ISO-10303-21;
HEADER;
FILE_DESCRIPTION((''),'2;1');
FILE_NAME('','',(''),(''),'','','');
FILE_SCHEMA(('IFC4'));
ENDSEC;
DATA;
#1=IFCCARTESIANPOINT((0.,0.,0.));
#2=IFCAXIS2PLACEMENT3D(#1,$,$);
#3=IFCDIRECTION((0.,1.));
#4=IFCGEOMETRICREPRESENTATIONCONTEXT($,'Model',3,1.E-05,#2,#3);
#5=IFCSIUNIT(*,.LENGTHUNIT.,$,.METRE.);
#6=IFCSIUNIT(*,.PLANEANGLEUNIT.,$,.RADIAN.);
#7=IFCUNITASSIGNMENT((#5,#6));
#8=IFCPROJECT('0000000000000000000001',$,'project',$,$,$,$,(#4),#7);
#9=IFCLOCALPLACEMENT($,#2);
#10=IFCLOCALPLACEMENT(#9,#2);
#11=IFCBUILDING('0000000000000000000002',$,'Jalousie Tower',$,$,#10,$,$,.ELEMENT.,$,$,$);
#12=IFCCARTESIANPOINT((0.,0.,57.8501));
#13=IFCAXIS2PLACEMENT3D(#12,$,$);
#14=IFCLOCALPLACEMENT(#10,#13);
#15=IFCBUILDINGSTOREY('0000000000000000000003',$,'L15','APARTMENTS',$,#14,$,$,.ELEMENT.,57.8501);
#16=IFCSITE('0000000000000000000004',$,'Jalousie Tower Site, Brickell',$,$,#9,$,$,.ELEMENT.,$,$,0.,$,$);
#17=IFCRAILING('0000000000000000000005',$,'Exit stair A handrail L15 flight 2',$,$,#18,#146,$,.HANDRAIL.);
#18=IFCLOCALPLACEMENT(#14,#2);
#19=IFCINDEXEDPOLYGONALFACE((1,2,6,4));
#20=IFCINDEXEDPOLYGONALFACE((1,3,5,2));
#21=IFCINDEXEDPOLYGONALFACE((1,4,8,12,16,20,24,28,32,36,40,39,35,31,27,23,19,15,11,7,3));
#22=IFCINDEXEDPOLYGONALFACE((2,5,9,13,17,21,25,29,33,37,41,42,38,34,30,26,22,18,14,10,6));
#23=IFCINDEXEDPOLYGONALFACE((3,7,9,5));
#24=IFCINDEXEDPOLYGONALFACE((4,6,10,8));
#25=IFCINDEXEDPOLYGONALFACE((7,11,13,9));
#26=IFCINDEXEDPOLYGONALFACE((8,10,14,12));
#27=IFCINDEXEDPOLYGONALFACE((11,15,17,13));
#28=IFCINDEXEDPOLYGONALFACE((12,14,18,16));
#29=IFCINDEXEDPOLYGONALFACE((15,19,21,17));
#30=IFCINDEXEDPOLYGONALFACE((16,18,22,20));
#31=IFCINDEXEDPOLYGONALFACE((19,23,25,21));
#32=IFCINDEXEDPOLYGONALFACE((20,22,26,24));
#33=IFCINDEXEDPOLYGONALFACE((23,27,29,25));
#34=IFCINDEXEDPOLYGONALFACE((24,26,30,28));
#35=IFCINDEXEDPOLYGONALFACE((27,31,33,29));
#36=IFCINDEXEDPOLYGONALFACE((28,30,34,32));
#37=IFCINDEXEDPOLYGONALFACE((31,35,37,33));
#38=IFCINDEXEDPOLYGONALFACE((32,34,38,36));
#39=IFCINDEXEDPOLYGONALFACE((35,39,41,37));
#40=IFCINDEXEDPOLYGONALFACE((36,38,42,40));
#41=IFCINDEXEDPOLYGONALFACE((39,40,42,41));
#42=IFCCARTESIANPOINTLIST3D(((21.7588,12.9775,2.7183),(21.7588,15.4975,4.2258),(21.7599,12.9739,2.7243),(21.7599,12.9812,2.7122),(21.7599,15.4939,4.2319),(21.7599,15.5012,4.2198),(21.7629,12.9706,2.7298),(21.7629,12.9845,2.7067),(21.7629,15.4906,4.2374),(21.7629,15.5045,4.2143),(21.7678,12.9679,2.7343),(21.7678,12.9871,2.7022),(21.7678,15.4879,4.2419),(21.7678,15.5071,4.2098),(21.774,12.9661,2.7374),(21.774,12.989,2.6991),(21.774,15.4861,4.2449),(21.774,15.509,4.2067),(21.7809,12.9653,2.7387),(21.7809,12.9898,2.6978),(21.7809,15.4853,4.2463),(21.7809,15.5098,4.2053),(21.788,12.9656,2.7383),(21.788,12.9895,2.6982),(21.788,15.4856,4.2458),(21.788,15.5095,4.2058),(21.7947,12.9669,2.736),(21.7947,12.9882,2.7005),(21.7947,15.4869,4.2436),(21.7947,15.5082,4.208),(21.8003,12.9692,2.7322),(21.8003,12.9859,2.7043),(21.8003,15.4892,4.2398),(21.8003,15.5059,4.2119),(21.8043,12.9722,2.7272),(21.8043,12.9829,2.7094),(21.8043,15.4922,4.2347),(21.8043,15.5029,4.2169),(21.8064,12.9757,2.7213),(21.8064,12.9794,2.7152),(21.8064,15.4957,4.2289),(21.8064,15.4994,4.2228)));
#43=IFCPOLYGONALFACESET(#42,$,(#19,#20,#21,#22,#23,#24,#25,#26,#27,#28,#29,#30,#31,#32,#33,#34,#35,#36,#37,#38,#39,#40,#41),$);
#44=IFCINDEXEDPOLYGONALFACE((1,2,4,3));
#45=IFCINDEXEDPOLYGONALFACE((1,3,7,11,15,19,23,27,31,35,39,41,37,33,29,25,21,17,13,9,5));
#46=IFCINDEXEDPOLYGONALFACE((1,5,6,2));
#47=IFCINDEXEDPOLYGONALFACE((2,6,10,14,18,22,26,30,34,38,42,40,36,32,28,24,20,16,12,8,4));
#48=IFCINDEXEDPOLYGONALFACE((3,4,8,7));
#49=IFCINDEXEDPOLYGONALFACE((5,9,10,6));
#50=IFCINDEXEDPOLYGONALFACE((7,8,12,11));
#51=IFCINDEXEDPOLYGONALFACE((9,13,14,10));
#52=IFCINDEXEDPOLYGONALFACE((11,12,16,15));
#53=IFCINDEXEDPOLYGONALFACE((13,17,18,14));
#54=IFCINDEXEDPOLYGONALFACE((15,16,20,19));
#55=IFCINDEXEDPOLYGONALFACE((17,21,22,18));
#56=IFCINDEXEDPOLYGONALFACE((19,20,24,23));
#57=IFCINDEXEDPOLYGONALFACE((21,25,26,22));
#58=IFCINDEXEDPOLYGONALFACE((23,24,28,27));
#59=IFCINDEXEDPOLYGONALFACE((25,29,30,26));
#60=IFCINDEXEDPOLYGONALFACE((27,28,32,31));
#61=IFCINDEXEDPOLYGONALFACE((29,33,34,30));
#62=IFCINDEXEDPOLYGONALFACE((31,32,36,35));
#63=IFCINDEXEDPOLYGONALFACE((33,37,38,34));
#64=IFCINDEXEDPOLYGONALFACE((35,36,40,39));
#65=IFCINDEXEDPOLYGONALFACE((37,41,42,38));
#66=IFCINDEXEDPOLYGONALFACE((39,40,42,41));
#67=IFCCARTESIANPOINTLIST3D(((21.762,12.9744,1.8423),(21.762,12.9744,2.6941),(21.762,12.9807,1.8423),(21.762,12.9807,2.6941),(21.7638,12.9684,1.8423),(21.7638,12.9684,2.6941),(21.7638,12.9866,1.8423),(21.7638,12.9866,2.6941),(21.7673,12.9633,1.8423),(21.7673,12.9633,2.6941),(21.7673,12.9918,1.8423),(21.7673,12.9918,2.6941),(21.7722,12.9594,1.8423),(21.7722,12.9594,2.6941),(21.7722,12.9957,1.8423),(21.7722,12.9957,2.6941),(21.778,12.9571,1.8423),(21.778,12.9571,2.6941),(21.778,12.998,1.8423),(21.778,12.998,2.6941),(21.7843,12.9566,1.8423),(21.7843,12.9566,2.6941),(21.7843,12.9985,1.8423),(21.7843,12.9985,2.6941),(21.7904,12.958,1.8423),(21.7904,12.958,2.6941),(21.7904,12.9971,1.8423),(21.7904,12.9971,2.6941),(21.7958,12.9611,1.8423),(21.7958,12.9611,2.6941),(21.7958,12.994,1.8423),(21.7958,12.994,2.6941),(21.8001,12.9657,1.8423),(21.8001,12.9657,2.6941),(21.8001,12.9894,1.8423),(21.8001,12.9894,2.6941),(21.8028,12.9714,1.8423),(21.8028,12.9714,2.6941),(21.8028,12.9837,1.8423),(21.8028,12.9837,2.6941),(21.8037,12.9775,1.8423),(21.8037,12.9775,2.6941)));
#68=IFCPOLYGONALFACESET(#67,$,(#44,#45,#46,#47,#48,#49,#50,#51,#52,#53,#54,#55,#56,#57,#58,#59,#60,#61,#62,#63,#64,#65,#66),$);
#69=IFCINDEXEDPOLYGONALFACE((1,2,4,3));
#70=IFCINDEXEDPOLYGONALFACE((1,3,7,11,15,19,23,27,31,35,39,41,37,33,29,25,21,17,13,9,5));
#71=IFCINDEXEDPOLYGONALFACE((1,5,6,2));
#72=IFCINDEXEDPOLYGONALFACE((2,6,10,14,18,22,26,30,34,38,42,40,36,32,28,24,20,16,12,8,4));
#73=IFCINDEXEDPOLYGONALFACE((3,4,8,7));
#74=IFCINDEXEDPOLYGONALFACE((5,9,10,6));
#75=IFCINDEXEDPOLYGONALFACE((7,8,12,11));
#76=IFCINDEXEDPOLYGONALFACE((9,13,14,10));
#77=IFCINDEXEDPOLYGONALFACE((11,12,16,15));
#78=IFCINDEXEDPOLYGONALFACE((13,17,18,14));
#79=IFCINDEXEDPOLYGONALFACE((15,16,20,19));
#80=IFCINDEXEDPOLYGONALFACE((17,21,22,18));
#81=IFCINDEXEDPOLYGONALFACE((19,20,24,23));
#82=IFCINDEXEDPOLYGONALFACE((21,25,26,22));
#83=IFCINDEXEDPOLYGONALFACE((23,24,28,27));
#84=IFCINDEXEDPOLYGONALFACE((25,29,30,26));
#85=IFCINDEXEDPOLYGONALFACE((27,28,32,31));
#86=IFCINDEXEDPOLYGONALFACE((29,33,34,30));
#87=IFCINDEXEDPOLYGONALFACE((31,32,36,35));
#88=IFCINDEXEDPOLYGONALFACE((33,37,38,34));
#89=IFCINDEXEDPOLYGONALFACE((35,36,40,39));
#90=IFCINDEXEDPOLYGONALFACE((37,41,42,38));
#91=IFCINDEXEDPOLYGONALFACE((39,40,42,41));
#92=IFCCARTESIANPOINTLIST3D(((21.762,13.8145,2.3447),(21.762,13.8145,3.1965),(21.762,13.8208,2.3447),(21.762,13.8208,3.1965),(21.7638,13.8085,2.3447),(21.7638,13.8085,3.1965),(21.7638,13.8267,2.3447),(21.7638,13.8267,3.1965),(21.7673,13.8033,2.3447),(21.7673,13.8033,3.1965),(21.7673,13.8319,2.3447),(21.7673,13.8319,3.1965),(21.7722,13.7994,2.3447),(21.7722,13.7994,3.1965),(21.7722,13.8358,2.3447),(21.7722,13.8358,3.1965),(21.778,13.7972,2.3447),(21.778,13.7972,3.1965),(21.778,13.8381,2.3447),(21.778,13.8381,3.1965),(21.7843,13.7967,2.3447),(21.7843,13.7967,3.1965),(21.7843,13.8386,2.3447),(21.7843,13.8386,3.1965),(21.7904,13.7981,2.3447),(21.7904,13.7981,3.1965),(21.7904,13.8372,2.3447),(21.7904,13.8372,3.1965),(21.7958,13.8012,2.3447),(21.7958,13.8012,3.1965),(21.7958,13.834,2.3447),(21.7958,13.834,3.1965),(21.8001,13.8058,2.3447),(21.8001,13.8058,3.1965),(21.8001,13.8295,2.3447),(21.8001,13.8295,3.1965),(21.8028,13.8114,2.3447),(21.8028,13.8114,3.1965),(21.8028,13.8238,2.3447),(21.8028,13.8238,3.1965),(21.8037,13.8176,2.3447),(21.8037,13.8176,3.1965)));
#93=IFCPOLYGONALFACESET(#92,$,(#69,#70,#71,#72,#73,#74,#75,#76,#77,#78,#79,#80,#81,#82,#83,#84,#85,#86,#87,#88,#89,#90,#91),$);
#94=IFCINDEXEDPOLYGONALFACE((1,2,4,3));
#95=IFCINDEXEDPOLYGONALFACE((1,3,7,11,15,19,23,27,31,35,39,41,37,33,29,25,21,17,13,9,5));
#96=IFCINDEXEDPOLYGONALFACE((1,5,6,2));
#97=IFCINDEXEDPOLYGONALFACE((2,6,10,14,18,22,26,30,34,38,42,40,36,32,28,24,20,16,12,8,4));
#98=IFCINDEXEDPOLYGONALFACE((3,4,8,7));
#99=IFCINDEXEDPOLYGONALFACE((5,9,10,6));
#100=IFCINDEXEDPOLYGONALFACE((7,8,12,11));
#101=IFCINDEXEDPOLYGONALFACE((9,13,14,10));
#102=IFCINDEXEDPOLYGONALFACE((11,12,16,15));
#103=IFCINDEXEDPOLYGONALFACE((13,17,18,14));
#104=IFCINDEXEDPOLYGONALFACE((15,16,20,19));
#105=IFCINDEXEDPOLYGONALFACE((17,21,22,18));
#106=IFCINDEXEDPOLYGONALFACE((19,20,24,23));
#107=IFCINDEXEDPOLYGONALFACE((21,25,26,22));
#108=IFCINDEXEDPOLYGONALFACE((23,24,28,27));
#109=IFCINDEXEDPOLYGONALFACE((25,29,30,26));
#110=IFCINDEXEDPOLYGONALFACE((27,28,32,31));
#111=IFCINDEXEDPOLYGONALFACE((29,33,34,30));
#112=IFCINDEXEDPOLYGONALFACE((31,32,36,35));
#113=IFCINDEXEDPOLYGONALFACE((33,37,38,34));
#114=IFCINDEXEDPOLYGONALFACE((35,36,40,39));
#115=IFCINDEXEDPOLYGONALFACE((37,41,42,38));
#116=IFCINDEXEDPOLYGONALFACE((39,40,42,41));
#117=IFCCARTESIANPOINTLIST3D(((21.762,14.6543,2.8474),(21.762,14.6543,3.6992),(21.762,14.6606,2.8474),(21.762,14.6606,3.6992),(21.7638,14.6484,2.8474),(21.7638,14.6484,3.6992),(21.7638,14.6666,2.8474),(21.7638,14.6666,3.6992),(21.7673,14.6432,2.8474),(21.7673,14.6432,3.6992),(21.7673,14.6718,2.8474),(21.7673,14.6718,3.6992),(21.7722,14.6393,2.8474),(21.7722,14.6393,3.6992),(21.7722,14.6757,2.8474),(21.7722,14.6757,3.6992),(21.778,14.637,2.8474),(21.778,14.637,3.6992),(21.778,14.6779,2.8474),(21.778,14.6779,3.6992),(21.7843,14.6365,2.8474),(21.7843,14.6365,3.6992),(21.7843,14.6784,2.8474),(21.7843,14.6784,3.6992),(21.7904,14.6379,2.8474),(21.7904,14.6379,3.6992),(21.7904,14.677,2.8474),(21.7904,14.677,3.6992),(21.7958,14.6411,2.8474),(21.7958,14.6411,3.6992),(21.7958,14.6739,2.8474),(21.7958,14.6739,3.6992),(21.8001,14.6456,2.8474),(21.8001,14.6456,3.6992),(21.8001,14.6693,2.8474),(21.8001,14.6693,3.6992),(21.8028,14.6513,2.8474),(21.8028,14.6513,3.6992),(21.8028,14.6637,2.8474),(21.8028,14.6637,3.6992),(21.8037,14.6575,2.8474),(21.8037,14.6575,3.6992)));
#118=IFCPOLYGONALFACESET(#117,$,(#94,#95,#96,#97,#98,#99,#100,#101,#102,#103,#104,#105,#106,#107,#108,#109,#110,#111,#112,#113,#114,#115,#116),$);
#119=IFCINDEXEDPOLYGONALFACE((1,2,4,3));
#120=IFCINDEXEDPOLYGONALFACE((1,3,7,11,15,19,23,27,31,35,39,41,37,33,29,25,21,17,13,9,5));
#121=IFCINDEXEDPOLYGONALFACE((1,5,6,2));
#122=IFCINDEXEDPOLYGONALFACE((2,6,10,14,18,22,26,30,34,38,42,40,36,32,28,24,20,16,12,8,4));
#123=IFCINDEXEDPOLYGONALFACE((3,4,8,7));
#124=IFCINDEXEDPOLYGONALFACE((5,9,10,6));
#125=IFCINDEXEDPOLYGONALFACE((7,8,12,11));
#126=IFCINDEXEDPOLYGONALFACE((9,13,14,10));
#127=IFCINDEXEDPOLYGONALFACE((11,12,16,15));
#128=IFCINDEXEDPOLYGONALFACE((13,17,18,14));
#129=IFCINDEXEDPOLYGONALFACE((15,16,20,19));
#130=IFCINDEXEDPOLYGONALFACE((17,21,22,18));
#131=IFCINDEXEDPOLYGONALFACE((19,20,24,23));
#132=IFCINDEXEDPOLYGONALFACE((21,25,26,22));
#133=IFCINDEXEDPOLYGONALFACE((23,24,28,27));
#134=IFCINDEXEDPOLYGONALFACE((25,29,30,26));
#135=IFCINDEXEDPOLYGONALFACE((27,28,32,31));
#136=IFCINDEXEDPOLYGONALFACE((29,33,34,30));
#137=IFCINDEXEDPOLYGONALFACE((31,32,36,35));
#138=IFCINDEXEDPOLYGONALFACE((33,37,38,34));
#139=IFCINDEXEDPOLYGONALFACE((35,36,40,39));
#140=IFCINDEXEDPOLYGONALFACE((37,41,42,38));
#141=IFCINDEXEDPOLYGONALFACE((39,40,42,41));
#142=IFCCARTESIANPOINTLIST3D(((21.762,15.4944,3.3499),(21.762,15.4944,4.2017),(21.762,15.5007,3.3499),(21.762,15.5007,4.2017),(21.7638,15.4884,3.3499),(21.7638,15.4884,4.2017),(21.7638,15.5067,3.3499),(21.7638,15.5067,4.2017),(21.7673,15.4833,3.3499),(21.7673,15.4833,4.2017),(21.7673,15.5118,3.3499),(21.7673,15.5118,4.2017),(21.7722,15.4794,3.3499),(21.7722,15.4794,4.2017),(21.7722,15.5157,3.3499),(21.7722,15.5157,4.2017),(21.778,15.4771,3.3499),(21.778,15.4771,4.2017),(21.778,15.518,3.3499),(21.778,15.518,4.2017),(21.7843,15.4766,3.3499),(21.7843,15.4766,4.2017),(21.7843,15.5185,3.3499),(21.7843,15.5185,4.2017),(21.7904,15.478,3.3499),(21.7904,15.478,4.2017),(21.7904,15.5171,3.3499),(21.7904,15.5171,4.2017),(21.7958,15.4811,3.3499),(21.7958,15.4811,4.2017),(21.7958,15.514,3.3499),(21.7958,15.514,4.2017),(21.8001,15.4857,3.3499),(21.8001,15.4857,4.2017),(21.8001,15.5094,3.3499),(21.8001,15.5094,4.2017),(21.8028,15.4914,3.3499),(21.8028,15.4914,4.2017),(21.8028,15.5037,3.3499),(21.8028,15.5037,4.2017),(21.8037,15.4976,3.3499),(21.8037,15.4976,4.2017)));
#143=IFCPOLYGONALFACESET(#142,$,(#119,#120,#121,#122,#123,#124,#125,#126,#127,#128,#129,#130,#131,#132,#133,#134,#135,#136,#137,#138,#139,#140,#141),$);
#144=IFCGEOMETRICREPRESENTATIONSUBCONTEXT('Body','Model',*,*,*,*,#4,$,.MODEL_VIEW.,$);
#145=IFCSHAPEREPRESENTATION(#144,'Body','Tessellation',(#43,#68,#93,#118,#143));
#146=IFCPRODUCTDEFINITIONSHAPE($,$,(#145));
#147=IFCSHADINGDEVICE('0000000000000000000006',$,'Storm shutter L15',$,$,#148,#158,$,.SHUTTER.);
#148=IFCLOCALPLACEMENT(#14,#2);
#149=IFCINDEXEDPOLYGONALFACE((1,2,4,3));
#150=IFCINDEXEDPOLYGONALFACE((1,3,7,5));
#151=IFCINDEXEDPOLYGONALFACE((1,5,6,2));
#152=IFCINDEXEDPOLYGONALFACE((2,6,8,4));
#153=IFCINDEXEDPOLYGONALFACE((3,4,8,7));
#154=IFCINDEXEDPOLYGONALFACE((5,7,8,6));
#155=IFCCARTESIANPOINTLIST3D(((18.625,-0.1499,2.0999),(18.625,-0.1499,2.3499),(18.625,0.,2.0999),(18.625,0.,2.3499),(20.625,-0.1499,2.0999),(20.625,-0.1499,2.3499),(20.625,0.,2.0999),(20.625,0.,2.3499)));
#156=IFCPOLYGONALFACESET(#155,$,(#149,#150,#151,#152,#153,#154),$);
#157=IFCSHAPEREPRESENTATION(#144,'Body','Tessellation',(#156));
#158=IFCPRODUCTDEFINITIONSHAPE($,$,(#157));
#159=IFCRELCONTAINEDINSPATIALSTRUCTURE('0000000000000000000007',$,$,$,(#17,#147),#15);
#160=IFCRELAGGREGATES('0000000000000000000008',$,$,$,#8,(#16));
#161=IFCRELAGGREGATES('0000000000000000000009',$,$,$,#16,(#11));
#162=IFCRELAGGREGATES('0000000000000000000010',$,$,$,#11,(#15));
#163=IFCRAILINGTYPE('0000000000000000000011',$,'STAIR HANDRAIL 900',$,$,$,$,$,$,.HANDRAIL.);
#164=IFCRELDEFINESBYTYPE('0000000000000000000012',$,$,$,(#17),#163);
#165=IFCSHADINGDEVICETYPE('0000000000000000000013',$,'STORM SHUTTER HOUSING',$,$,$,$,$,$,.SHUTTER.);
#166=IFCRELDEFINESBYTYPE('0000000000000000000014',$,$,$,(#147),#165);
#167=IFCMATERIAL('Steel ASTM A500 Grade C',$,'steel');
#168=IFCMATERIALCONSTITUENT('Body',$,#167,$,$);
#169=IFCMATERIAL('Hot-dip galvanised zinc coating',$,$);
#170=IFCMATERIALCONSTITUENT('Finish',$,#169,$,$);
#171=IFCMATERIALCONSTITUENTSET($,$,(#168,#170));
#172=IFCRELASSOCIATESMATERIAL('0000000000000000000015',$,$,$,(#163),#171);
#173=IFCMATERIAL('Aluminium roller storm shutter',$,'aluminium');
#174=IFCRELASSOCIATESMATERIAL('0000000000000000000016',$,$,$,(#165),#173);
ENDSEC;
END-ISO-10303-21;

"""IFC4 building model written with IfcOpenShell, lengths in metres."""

from ifc_helpers import new_model, si_unit, direction, frame, origin, origin_2d, place, context, subcontext, project, spatial, rectangle, circle, extrude, material, constituent, constituent_set, type_object, element, save


model = new_model("IFC4")

# Units and contexts
model_context = context("Model", 3, precision=1e-05, world=origin(), true_north=direction((0.0, 1.0)))
body_context = subcontext(model_context, "Body", "Model", "MODEL_VIEW")
ifc_project = project(units=[si_unit("LENGTHUNIT", "METRE"), si_unit("PLANEANGLEUNIT", "RADIAN")], contexts=[model_context])

# Site, building, storey
site_placement = place(None, origin())
site = spatial("IfcSite", under=ifc_project, at=site_placement, Name="Jalousie Tower Site, Brickell", CompositionType="ELEMENT", RefElevation=0.0)
building_placement = place(site_placement, origin())
building = spatial("IfcBuilding", under=site, at=building_placement, Name="Jalousie Tower", CompositionType="ELEMENT")
storey_placement = place(building_placement, frame((0.0, 0.0, 57.8501)))
storey = spatial("IfcBuildingStorey", under=building, at=storey_placement, Name="L15", Description="APARTMENTS", CompositionType="ELEMENT", Elevation=57.8501)

# Railing
ifc_material_1 = material(Name="Steel ASTM A500 Grade C", Category="steel")
ifc_constituent_1 = constituent(ifc_material_1, Name="Body")
ifc_material_2 = material(Name="Hot-dip galvanised zinc coating")
ifc_constituent_2 = constituent(ifc_material_2, Name="Finish")
ifc_constituent_set_1 = constituent_set(constituents=[ifc_constituent_1, ifc_constituent_2])
railing_type_1 = type_object("IfcRailingType", Name="STAIR HANDRAIL 900", PredefinedType="HANDRAIL", material=ifc_constituent_set_1)
railing_1_placement = place(storey_placement, frame((21.7827, 12.9775, 1.8423)))
element("IfcRailing", 1, at=railing_1_placement, inside=storey, type_object=railing_type_1, Name="Exit stair A handrail L15 flight 2", PredefinedType="HANDRAIL", context=body_context, shape_type="SweptSolid", body=[
    extrude(circle(Radius=0.0239, at=origin_2d()), frame((0.0, 0.0, 0.876), z_axis=(0.0, 0.85816, 0.513383), x_axis=(-1.0, 0.0, 0.0)), (0.0, 0.0, 1.0), 2.9365),
    extrude(circle(Radius=0.021, at=origin_2d()), origin(), (0.0, 0.0, 1.0), 0.8518),
    extrude(circle(Radius=0.021, at=origin_2d()), frame((0.0, 0.8401, 0.5024)), (0.0, 0.0, 1.0), 0.8518),
    extrude(circle(Radius=0.021, at=origin_2d()), frame((0.0, 1.6799, 1.0051)), (0.0, 0.0, 1.0), 0.8518),
    extrude(circle(Radius=0.021, at=origin_2d()), frame((0.0, 2.52, 1.5076)), (0.0, 0.0, 1.0), 0.8518),
])

# Shading device
ifc_material_3 = material(Name="Aluminium roller storm shutter", Category="aluminium")
shading_device_type = type_object("IfcShadingDeviceType", Name="STORM SHUTTER HOUSING", PredefinedType="SHUTTER", material=ifc_material_3)
shading_device_placement = place(storey_placement, frame((19.625, -0.075, 2.0999), z_axis=(0.0, 0.0, 1.0), x_axis=(1.0, 0.0, 0.0)))
element("IfcShadingDevice", 2, at=shading_device_placement, inside=storey, type_object=shading_device_type, Name="Storm shutter L15", PredefinedType="SHUTTER", context=body_context, shape_type="SweptSolid", body=[
    extrude(rectangle(XDim=2.0, YDim=0.1499, at=origin_2d()), origin(), (0.0, 0.0, 1.0), 0.25),
])

save(model, "model.ifc")
